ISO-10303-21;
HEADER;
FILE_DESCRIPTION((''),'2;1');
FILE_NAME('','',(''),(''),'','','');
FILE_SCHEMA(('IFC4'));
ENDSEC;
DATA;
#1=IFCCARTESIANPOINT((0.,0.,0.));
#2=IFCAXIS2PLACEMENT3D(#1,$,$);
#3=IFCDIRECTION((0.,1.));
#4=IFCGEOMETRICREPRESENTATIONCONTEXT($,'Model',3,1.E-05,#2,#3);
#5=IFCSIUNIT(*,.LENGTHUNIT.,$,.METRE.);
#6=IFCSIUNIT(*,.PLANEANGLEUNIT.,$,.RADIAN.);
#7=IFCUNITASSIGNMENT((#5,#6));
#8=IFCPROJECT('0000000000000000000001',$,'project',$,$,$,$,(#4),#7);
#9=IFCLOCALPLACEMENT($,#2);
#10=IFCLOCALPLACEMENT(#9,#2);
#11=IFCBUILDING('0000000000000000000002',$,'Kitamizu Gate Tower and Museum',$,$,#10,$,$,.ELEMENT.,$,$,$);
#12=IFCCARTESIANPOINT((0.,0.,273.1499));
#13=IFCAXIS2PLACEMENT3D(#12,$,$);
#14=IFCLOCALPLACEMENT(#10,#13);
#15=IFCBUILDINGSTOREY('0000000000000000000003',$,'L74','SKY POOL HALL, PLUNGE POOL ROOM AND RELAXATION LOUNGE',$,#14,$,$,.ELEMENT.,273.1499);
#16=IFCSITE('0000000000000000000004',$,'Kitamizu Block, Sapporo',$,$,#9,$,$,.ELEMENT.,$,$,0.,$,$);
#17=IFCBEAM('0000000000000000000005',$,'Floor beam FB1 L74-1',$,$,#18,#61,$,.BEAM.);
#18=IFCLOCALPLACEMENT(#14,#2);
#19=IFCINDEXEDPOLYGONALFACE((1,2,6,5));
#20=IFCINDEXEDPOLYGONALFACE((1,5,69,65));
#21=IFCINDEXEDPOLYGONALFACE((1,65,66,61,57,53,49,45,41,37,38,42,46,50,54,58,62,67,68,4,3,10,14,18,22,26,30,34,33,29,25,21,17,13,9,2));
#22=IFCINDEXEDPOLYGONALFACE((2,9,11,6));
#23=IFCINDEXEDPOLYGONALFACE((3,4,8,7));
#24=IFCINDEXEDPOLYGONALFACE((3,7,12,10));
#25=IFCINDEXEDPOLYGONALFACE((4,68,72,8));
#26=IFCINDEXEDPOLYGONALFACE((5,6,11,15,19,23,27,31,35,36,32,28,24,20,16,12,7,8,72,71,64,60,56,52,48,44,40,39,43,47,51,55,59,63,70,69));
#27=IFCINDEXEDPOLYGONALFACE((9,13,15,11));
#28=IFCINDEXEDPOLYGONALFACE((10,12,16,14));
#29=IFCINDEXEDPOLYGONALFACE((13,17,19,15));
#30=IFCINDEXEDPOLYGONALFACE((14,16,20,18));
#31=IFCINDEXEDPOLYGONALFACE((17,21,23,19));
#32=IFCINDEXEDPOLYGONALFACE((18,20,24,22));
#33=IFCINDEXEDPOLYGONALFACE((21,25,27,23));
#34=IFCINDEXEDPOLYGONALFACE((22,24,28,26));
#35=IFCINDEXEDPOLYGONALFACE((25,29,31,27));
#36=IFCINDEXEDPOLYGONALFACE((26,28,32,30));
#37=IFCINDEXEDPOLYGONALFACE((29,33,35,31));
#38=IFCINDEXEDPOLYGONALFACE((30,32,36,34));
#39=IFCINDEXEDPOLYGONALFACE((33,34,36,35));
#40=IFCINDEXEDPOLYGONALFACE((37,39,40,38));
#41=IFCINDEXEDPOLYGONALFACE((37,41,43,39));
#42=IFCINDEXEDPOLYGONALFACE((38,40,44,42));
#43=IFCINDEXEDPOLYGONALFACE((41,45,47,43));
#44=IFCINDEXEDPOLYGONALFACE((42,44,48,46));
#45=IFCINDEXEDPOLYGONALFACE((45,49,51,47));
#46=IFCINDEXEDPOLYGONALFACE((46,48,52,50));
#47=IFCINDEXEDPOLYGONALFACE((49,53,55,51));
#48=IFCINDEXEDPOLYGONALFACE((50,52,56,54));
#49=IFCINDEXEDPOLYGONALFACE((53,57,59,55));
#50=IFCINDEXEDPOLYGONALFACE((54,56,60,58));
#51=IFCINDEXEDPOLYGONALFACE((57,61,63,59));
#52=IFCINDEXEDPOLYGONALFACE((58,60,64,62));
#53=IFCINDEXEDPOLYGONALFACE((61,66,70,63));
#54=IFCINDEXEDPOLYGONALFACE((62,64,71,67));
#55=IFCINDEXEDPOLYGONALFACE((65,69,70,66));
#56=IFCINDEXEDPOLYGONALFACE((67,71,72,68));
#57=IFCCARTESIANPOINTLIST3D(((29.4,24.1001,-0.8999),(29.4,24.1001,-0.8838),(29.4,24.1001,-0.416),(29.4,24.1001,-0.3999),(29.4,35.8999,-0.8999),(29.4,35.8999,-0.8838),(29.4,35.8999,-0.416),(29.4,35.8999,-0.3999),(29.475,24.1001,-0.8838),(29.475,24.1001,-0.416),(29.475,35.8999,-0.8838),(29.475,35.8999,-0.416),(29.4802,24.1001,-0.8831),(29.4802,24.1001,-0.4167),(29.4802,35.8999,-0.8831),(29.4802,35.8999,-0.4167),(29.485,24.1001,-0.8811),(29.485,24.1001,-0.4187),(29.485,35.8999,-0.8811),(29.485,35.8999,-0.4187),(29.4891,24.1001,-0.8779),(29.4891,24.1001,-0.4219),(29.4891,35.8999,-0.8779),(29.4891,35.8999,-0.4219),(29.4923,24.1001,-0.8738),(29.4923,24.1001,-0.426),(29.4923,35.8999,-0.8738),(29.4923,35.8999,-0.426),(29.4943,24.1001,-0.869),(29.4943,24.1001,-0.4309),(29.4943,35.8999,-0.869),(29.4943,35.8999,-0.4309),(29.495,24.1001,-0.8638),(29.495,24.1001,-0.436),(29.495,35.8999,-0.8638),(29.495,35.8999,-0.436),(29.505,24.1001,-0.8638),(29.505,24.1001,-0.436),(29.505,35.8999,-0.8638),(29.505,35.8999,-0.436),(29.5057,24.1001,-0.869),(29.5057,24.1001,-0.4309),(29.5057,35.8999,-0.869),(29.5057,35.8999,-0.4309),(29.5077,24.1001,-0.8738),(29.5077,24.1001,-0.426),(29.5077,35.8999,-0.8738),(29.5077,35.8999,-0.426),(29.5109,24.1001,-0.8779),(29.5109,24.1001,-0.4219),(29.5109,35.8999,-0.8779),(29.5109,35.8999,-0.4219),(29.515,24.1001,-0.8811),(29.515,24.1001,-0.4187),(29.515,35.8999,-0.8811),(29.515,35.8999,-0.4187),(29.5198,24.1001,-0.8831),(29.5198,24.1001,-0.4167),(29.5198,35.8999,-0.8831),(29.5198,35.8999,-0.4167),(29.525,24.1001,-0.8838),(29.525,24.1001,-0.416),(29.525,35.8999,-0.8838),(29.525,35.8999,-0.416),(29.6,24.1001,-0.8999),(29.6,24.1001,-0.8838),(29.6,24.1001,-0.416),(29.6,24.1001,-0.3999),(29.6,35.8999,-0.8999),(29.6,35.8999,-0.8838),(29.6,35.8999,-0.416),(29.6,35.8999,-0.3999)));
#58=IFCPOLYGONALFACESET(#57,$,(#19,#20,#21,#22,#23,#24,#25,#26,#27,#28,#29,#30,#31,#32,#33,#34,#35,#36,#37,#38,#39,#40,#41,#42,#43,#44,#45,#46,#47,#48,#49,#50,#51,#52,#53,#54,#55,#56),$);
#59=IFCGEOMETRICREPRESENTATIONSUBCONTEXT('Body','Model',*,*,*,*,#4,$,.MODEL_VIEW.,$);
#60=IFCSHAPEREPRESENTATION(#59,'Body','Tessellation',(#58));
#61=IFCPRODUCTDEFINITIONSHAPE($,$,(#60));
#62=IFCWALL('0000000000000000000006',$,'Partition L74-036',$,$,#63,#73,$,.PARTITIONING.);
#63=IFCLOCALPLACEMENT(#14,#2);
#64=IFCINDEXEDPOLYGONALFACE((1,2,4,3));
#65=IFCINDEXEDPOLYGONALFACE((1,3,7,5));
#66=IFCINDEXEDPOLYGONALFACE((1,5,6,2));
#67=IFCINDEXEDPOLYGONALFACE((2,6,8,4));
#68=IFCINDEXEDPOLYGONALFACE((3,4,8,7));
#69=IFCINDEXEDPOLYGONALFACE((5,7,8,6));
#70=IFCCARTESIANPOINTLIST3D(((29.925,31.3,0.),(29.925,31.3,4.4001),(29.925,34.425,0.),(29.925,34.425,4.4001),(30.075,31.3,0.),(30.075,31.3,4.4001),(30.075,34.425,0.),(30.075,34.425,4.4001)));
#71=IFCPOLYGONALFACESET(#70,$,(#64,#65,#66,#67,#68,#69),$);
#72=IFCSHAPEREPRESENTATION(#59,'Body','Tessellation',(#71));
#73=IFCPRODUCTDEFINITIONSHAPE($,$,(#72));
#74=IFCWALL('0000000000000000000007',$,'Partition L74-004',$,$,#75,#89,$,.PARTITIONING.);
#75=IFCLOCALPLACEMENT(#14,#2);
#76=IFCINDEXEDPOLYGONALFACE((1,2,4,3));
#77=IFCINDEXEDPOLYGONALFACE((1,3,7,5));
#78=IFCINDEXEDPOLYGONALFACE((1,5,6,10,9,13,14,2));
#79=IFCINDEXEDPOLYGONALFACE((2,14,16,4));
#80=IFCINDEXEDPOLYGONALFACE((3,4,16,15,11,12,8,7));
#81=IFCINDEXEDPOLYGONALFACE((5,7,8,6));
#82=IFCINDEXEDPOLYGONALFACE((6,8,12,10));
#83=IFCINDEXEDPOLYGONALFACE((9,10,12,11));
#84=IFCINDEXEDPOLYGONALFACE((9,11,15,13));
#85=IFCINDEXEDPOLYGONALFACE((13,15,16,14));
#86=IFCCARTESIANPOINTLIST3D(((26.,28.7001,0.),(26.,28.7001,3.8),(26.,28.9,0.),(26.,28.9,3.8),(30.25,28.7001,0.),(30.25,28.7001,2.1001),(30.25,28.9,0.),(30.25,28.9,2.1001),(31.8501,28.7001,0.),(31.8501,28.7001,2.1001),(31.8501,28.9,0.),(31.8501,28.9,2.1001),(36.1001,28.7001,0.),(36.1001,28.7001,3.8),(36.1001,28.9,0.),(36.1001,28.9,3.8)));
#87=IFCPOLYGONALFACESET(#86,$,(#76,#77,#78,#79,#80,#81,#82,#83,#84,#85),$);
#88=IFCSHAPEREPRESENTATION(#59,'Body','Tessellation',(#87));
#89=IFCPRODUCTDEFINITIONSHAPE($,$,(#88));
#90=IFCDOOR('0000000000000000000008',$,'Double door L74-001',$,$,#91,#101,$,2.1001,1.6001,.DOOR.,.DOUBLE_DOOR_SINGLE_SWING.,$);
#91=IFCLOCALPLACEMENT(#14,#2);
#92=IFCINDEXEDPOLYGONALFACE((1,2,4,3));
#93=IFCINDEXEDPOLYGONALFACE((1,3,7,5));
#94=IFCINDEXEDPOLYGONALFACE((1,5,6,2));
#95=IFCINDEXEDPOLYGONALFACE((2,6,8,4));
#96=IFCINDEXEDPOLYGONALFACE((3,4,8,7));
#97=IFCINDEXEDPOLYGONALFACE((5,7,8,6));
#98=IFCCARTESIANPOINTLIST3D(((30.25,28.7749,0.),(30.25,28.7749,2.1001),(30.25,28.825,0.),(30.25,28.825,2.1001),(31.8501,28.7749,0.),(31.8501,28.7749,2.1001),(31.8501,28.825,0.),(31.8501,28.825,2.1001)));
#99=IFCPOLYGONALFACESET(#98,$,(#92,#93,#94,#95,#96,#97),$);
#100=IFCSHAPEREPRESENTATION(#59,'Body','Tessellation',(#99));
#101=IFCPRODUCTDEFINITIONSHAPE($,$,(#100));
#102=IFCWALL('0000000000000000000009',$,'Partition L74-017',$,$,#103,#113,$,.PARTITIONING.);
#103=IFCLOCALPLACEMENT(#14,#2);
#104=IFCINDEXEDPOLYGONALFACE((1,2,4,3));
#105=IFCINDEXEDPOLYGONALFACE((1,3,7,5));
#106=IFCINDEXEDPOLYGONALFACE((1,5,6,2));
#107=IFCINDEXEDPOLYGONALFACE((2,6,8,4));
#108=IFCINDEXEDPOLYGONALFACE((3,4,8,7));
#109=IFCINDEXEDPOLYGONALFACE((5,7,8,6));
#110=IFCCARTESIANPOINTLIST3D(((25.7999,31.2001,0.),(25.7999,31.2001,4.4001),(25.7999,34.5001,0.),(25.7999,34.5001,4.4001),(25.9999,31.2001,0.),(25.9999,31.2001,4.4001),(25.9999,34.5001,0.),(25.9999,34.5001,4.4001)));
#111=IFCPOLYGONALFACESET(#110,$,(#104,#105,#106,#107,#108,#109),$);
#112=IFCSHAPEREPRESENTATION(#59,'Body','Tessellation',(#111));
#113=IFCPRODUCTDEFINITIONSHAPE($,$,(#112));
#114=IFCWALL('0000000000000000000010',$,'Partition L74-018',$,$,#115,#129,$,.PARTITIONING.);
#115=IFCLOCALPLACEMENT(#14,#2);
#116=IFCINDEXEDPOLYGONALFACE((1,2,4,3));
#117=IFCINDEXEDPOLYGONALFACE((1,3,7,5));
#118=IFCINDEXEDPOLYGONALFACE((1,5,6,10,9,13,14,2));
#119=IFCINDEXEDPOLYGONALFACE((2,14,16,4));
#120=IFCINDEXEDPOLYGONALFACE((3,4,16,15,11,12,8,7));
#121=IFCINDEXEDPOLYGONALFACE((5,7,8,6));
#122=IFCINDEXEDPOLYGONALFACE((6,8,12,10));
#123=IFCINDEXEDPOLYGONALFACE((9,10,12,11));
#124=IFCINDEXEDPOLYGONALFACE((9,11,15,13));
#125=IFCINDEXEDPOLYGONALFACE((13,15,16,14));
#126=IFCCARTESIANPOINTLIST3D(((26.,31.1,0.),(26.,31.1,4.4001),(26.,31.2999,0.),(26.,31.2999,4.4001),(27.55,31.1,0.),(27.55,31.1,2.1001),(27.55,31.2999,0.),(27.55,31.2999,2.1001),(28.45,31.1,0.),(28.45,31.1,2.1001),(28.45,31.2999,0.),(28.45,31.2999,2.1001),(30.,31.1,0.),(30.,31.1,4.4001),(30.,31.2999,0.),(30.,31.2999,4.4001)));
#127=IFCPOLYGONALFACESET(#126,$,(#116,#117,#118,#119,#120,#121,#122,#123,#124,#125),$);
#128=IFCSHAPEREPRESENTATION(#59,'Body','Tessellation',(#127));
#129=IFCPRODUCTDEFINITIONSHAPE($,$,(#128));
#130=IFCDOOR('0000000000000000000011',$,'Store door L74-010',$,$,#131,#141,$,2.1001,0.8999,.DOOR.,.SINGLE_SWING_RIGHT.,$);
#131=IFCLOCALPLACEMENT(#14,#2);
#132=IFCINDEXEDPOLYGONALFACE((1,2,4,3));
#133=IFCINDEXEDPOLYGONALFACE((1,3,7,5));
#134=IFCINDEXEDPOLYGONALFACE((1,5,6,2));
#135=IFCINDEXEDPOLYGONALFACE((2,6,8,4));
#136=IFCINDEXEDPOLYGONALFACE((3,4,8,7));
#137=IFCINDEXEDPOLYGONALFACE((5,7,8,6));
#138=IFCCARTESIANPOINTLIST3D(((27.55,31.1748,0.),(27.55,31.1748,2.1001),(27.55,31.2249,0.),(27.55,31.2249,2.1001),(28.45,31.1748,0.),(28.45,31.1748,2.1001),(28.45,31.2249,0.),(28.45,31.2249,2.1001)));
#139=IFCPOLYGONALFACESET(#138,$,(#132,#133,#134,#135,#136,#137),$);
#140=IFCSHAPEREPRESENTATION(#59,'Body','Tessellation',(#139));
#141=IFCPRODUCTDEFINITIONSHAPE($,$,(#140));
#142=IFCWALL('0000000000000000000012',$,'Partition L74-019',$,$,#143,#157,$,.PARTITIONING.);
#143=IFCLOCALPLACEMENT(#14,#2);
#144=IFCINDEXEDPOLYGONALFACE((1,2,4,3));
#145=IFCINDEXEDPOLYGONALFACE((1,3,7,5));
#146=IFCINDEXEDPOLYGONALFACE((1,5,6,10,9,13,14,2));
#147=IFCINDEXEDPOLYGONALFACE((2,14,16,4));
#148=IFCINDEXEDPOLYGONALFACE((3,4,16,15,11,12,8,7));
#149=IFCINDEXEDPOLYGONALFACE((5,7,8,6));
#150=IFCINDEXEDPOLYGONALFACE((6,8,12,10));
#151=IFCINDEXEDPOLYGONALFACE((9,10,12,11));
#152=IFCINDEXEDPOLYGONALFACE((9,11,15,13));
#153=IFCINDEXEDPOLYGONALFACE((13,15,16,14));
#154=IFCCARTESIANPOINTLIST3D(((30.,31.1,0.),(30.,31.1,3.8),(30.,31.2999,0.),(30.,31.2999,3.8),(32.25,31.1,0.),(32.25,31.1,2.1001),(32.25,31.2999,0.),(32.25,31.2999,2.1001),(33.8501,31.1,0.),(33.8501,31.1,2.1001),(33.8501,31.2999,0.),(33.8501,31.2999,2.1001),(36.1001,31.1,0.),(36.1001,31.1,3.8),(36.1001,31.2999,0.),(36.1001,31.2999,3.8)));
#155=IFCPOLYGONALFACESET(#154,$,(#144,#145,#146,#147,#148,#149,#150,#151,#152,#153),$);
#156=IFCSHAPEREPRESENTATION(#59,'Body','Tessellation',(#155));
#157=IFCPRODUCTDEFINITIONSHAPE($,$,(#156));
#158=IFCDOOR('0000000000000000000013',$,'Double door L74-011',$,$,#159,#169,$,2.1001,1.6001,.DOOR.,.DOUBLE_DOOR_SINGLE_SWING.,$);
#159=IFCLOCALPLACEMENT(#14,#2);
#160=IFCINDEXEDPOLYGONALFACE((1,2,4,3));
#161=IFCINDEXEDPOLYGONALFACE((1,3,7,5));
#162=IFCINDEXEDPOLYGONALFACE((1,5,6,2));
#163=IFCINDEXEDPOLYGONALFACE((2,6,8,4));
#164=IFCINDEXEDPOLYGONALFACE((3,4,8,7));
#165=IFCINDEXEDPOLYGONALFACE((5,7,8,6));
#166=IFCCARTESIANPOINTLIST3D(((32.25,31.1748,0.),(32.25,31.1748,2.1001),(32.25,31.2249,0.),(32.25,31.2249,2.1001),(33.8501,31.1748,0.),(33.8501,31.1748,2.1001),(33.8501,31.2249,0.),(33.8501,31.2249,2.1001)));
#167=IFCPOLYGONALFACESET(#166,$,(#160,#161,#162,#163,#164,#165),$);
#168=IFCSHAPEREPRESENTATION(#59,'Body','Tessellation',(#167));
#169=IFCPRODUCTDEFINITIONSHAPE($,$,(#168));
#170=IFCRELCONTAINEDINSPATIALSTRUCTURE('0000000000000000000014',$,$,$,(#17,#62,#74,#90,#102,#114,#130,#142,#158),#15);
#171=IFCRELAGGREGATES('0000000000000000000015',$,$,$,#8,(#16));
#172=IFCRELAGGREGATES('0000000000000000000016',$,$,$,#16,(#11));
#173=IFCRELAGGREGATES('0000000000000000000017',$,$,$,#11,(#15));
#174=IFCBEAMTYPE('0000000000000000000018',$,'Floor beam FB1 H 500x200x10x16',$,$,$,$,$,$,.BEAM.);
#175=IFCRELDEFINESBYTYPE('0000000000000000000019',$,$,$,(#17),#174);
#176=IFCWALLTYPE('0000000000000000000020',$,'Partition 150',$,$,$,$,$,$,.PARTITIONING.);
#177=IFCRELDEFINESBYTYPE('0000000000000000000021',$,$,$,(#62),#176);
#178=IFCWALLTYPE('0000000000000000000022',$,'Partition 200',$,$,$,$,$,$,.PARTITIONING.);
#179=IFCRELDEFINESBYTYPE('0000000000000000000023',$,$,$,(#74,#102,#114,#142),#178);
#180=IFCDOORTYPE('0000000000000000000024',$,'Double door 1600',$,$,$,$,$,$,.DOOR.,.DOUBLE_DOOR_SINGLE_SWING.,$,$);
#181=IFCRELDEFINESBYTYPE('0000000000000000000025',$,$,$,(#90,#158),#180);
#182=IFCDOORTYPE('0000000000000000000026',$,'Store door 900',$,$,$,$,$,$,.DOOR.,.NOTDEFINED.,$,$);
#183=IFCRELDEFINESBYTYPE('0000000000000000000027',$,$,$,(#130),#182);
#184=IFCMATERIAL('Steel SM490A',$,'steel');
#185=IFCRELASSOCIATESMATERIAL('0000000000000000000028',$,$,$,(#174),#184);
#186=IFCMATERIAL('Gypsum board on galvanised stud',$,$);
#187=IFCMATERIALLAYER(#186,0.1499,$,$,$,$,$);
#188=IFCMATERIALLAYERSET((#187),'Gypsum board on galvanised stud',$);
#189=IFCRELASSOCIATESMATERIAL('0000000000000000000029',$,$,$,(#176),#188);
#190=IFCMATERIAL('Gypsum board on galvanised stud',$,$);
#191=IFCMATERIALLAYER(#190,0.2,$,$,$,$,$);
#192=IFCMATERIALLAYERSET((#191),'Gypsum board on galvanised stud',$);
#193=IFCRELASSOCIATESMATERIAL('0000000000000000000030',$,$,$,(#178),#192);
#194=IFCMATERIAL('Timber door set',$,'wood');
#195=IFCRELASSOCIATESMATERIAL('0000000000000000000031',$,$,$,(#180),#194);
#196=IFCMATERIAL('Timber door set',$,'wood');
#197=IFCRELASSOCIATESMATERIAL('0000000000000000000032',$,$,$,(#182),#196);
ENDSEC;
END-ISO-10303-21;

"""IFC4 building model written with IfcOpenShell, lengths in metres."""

from ifc_helpers import new_model, si_unit, direction, frame, frame_2d, origin, origin_2d, place, context, subcontext, project, spatial, rectangle, i_section, extrude, material, layer, layer_set, material_profile, profile_set, type_object, element, fill, save


model = new_model("IFC4")

# Units and contexts
model_context = context("Model", 3, precision=1e-05, world=origin(), true_north=direction((0.0, 1.0)))
body_context = subcontext(model_context, "Body", "Model", "MODEL_VIEW")
ifc_project = project(units=[si_unit("LENGTHUNIT", "METRE"), si_unit("PLANEANGLEUNIT", "RADIAN")], contexts=[model_context])

# Site, building, storey
site_placement = place(None, origin())
site = spatial("IfcSite", under=ifc_project, at=site_placement, Name="Kitamizu Block, Sapporo", CompositionType="ELEMENT", RefElevation=0.0)
building_placement = place(site_placement, origin())
building = spatial("IfcBuilding", under=site, at=building_placement, Name="Kitamizu Gate Tower and Museum", CompositionType="ELEMENT")
storey_placement = place(building_placement, frame((0.0, 0.0, 273.1499)))
storey = spatial("IfcBuildingStorey", under=building, at=storey_placement, Name="L74", Description="SKY POOL HALL, PLUNGE POOL ROOM AND RELAXATION LOUNGE", CompositionType="ELEMENT", Elevation=273.1499)

# Beam
ifc_material_1 = material(Name="Steel SM490A", Category="steel")
ifc_material_profile = material_profile(ifc_material_1, i_section(OverallWidth=0.2, OverallDepth=0.5, WebThickness=0.01, FlangeThickness=0.0161, FilletRadius=0.02, at=origin_2d()), Name="H-500x200x10x16")
ifc_profile_set = profile_set([ifc_material_profile], Name="Steel SM490A")
beam_type = type_object("IfcBeamType", Name="Floor beam FB1 H 500x200x10x16", PredefinedType="BEAM", material=ifc_profile_set)
beam_placement = place(storey_placement, frame((29.5, 24.1001, -0.6499), z_axis=(0.0, 1.0, 0.0), x_axis=(-1.0, 0.0, 0.0)))
element("IfcBeam", 1, at=beam_placement, inside=storey, type_object=beam_type, Name="Floor beam FB1 L74-1", PredefinedType="BEAM", context=body_context, shape_type="SweptSolid", body=[
    extrude(i_section(OverallWidth=0.2, OverallDepth=0.5, WebThickness=0.01, FlangeThickness=0.0161, FilletRadius=0.02, at=origin_2d()), origin(), (0.0, 0.0, 1.0), 11.7998),
])

# Wall
ifc_material_2 = material(Name="Gypsum board on galvanised stud")
ifc_layer_1 = layer(ifc_material_2, 0.1499)
ifc_layer_set_1 = layer_set([ifc_layer_1], Name="Gypsum board on galvanised stud")
wall_type_1 = type_object("IfcWallType", Name="Partition 150", PredefinedType="PARTITIONING", material=ifc_layer_set_1)
wall_1_placement = place(storey_placement, frame((30.0, 31.3, 0.0), z_axis=(0.0, 0.0, 1.0), x_axis=(0.0, 1.0, 0.0)))
element("IfcWall", 2, at=wall_1_placement, inside=storey, type_object=wall_type_1, Name="Partition L74-036", PredefinedType="PARTITIONING", context=body_context, shape_type="SweptSolid", body=[
    extrude(rectangle(XDim=3.125, YDim=0.1499, at=frame_2d((1.5625, 0.0))), origin(), (0.0, 0.0, 1.0), 4.4001),
])

# Wall, opening, door
ifc_material_3 = material(Name="Gypsum board on galvanised stud")
ifc_layer_2 = layer(ifc_material_3, 0.2)
ifc_layer_set_2 = layer_set([ifc_layer_2], Name="Gypsum board on galvanised stud")
wall_type_2 = type_object("IfcWallType", Name="Partition 200", PredefinedType="PARTITIONING", material=ifc_layer_set_2)
wall_2_placement = place(storey_placement, frame((26.0, 28.8, 0.0), z_axis=(0.0, 0.0, 1.0), x_axis=(1.0, 0.0, 0.0)))
wall_2 = element("IfcWall", 3, at=wall_2_placement, inside=storey, type_object=wall_type_2, Name="Partition L74-004", PredefinedType="PARTITIONING", context=body_context, shape_type="SweptSolid", body=[
    extrude(rectangle(XDim=10.1001, YDim=0.2, at=frame_2d((5.05, 0.0))), origin(), (0.0, 0.0, 1.0), 3.8),
])
opening_1_placement = place(wall_2_placement, frame((4.25, 0.0, 0.0)))
opening_1 = element("IfcOpeningElement", 4, at=opening_1_placement, cuts=wall_2, PredefinedType="OPENING", context=body_context, shape_type="SweptSolid", body=[
    extrude(rectangle(XDim=1.6001, YDim=2.1001, at=frame_2d((0.8, 1.05))), frame((0.0, 0.1099, 0.0), z_axis=(0.0, -1.0, 0.0), x_axis=(1.0, 0.0, 0.0)), (0.0, 0.0, 1.0), 0.22),
])
ifc_material_4 = material(Name="Timber door set", Category="wood")
door_type_1 = type_object("IfcDoorType", Name="Double door 1600", OperationType="DOUBLE_DOOR_SINGLE_SWING", PredefinedType="DOOR", material=ifc_material_4)
door_1_placement = place(opening_1_placement, origin())
door_1 = element("IfcDoor", 5, at=door_1_placement, inside=storey, type_object=door_type_1, Name="Double door L74-001", OperationType="DOUBLE_DOOR_SINGLE_SWING", OverallHeight=2.1001, OverallWidth=1.6001, PredefinedType="DOOR", context=body_context, shape_type="SweptSolid", body=[
    extrude(rectangle(XDim=1.6001, YDim=2.1001, at=frame_2d((0.8, 1.05))), frame((0.0, 0.0249, 0.0), z_axis=(0.0, -1.0, 0.0), x_axis=(1.0, 0.0, 0.0)), (0.0, 0.0, 1.0), 0.05),
])
fill(opening_1, door_1)

# Wall
wall_3_placement = place(storey_placement, frame((25.8999, 34.5, 0.0), z_axis=(0.0, 0.0, 1.0), x_axis=(0.0, -1.0, 0.0)))
element("IfcWall", 6, at=wall_3_placement, inside=storey, type_object=wall_type_2, Name="Partition L74-017", PredefinedType="PARTITIONING", context=body_context, shape_type="SweptSolid", body=[
    extrude(rectangle(XDim=3.3, YDim=0.2, at=frame_2d((1.6499, 0.0))), origin(), (0.0, 0.0, 1.0), 4.4001),
])

# Walls, openings, doors
wall_4_placement = place(storey_placement, frame((26.0, 31.2, 0.0), z_axis=(0.0, 0.0, 1.0), x_axis=(1.0, 0.0, 0.0)))
wall_4 = element("IfcWall", 7, at=wall_4_placement, inside=storey, type_object=wall_type_2, Name="Partition L74-018", PredefinedType="PARTITIONING", context=body_context, shape_type="SweptSolid", body=[
    extrude(rectangle(XDim=4.0, YDim=0.2, at=frame_2d((2.0, 0.0))), origin(), (0.0, 0.0, 1.0), 4.4001),
])
opening_2_placement = place(wall_4_placement, frame((1.55, 0.0, 0.0)))
opening_2 = element("IfcOpeningElement", 8, at=opening_2_placement, cuts=wall_4, PredefinedType="OPENING", context=body_context, shape_type="SweptSolid", body=[
    extrude(rectangle(XDim=0.8999, YDim=2.1001, at=frame_2d((0.45, 1.05))), frame((0.0, 0.1099, 0.0), z_axis=(0.0, -1.0, 0.0), x_axis=(1.0, 0.0, 0.0)), (0.0, 0.0, 1.0), 0.22),
])
ifc_material_5 = material(Name="Timber door set", Category="wood")
door_type_2 = type_object("IfcDoorType", Name="Store door 900", OperationType="NOTDEFINED", PredefinedType="DOOR", material=ifc_material_5)
door_2_placement = place(opening_2_placement, origin())
door_2 = element("IfcDoor", 9, at=door_2_placement, inside=storey, type_object=door_type_2, Name="Store door L74-010", OperationType="SINGLE_SWING_RIGHT", OverallHeight=2.1001, OverallWidth=0.8999, PredefinedType="DOOR", context=body_context, shape_type="SweptSolid", body=[
    extrude(rectangle(XDim=0.8999, YDim=2.1001, at=frame_2d((0.45, 1.05))), frame((0.0, 0.0249, 0.0), z_axis=(0.0, -1.0, 0.0), x_axis=(1.0, 0.0, 0.0)), (0.0, 0.0, 1.0), 0.05),
])
fill(opening_2, door_2)
wall_5_placement = place(storey_placement, frame((30.0, 31.2, 0.0), z_axis=(0.0, 0.0, 1.0), x_axis=(1.0, 0.0, 0.0)))
wall_5 = element("IfcWall", 10, at=wall_5_placement, inside=storey, type_object=wall_type_2, Name="Partition L74-019", PredefinedType="PARTITIONING", context=body_context, shape_type="SweptSolid", body=[
    extrude(rectangle(XDim=6.1001, YDim=0.2, at=frame_2d((3.05, 0.0))), origin(), (0.0, 0.0, 1.0), 3.8),
])
opening_3_placement = place(wall_5_placement, frame((2.25, 0.0, 0.0)))
opening_3 = element("IfcOpeningElement", 11, at=opening_3_placement, cuts=wall_5, PredefinedType="OPENING", context=body_context, shape_type="SweptSolid", body=[
    extrude(rectangle(XDim=1.6001, YDim=2.1001, at=frame_2d((0.8, 1.05))), frame((0.0, 0.1099, 0.0), z_axis=(0.0, -1.0, 0.0), x_axis=(1.0, 0.0, 0.0)), (0.0, 0.0, 1.0), 0.22),
])
door_3_placement = place(opening_3_placement, origin())
door_3 = element("IfcDoor", 12, at=door_3_placement, inside=storey, type_object=door_type_1, Name="Double door L74-011", OperationType="DOUBLE_DOOR_SINGLE_SWING", OverallHeight=2.1001, OverallWidth=1.6001, PredefinedType="DOOR", context=body_context, shape_type="SweptSolid", body=[
    extrude(rectangle(XDim=1.6001, YDim=2.1001, at=frame_2d((0.8, 1.05))), frame((0.0, 0.0249, 0.0), z_axis=(0.0, -1.0, 0.0), x_axis=(1.0, 0.0, 0.0)), (0.0, 0.0, 1.0), 0.05),
])
fill(opening_3, door_3)

save(model, "model.ifc")
